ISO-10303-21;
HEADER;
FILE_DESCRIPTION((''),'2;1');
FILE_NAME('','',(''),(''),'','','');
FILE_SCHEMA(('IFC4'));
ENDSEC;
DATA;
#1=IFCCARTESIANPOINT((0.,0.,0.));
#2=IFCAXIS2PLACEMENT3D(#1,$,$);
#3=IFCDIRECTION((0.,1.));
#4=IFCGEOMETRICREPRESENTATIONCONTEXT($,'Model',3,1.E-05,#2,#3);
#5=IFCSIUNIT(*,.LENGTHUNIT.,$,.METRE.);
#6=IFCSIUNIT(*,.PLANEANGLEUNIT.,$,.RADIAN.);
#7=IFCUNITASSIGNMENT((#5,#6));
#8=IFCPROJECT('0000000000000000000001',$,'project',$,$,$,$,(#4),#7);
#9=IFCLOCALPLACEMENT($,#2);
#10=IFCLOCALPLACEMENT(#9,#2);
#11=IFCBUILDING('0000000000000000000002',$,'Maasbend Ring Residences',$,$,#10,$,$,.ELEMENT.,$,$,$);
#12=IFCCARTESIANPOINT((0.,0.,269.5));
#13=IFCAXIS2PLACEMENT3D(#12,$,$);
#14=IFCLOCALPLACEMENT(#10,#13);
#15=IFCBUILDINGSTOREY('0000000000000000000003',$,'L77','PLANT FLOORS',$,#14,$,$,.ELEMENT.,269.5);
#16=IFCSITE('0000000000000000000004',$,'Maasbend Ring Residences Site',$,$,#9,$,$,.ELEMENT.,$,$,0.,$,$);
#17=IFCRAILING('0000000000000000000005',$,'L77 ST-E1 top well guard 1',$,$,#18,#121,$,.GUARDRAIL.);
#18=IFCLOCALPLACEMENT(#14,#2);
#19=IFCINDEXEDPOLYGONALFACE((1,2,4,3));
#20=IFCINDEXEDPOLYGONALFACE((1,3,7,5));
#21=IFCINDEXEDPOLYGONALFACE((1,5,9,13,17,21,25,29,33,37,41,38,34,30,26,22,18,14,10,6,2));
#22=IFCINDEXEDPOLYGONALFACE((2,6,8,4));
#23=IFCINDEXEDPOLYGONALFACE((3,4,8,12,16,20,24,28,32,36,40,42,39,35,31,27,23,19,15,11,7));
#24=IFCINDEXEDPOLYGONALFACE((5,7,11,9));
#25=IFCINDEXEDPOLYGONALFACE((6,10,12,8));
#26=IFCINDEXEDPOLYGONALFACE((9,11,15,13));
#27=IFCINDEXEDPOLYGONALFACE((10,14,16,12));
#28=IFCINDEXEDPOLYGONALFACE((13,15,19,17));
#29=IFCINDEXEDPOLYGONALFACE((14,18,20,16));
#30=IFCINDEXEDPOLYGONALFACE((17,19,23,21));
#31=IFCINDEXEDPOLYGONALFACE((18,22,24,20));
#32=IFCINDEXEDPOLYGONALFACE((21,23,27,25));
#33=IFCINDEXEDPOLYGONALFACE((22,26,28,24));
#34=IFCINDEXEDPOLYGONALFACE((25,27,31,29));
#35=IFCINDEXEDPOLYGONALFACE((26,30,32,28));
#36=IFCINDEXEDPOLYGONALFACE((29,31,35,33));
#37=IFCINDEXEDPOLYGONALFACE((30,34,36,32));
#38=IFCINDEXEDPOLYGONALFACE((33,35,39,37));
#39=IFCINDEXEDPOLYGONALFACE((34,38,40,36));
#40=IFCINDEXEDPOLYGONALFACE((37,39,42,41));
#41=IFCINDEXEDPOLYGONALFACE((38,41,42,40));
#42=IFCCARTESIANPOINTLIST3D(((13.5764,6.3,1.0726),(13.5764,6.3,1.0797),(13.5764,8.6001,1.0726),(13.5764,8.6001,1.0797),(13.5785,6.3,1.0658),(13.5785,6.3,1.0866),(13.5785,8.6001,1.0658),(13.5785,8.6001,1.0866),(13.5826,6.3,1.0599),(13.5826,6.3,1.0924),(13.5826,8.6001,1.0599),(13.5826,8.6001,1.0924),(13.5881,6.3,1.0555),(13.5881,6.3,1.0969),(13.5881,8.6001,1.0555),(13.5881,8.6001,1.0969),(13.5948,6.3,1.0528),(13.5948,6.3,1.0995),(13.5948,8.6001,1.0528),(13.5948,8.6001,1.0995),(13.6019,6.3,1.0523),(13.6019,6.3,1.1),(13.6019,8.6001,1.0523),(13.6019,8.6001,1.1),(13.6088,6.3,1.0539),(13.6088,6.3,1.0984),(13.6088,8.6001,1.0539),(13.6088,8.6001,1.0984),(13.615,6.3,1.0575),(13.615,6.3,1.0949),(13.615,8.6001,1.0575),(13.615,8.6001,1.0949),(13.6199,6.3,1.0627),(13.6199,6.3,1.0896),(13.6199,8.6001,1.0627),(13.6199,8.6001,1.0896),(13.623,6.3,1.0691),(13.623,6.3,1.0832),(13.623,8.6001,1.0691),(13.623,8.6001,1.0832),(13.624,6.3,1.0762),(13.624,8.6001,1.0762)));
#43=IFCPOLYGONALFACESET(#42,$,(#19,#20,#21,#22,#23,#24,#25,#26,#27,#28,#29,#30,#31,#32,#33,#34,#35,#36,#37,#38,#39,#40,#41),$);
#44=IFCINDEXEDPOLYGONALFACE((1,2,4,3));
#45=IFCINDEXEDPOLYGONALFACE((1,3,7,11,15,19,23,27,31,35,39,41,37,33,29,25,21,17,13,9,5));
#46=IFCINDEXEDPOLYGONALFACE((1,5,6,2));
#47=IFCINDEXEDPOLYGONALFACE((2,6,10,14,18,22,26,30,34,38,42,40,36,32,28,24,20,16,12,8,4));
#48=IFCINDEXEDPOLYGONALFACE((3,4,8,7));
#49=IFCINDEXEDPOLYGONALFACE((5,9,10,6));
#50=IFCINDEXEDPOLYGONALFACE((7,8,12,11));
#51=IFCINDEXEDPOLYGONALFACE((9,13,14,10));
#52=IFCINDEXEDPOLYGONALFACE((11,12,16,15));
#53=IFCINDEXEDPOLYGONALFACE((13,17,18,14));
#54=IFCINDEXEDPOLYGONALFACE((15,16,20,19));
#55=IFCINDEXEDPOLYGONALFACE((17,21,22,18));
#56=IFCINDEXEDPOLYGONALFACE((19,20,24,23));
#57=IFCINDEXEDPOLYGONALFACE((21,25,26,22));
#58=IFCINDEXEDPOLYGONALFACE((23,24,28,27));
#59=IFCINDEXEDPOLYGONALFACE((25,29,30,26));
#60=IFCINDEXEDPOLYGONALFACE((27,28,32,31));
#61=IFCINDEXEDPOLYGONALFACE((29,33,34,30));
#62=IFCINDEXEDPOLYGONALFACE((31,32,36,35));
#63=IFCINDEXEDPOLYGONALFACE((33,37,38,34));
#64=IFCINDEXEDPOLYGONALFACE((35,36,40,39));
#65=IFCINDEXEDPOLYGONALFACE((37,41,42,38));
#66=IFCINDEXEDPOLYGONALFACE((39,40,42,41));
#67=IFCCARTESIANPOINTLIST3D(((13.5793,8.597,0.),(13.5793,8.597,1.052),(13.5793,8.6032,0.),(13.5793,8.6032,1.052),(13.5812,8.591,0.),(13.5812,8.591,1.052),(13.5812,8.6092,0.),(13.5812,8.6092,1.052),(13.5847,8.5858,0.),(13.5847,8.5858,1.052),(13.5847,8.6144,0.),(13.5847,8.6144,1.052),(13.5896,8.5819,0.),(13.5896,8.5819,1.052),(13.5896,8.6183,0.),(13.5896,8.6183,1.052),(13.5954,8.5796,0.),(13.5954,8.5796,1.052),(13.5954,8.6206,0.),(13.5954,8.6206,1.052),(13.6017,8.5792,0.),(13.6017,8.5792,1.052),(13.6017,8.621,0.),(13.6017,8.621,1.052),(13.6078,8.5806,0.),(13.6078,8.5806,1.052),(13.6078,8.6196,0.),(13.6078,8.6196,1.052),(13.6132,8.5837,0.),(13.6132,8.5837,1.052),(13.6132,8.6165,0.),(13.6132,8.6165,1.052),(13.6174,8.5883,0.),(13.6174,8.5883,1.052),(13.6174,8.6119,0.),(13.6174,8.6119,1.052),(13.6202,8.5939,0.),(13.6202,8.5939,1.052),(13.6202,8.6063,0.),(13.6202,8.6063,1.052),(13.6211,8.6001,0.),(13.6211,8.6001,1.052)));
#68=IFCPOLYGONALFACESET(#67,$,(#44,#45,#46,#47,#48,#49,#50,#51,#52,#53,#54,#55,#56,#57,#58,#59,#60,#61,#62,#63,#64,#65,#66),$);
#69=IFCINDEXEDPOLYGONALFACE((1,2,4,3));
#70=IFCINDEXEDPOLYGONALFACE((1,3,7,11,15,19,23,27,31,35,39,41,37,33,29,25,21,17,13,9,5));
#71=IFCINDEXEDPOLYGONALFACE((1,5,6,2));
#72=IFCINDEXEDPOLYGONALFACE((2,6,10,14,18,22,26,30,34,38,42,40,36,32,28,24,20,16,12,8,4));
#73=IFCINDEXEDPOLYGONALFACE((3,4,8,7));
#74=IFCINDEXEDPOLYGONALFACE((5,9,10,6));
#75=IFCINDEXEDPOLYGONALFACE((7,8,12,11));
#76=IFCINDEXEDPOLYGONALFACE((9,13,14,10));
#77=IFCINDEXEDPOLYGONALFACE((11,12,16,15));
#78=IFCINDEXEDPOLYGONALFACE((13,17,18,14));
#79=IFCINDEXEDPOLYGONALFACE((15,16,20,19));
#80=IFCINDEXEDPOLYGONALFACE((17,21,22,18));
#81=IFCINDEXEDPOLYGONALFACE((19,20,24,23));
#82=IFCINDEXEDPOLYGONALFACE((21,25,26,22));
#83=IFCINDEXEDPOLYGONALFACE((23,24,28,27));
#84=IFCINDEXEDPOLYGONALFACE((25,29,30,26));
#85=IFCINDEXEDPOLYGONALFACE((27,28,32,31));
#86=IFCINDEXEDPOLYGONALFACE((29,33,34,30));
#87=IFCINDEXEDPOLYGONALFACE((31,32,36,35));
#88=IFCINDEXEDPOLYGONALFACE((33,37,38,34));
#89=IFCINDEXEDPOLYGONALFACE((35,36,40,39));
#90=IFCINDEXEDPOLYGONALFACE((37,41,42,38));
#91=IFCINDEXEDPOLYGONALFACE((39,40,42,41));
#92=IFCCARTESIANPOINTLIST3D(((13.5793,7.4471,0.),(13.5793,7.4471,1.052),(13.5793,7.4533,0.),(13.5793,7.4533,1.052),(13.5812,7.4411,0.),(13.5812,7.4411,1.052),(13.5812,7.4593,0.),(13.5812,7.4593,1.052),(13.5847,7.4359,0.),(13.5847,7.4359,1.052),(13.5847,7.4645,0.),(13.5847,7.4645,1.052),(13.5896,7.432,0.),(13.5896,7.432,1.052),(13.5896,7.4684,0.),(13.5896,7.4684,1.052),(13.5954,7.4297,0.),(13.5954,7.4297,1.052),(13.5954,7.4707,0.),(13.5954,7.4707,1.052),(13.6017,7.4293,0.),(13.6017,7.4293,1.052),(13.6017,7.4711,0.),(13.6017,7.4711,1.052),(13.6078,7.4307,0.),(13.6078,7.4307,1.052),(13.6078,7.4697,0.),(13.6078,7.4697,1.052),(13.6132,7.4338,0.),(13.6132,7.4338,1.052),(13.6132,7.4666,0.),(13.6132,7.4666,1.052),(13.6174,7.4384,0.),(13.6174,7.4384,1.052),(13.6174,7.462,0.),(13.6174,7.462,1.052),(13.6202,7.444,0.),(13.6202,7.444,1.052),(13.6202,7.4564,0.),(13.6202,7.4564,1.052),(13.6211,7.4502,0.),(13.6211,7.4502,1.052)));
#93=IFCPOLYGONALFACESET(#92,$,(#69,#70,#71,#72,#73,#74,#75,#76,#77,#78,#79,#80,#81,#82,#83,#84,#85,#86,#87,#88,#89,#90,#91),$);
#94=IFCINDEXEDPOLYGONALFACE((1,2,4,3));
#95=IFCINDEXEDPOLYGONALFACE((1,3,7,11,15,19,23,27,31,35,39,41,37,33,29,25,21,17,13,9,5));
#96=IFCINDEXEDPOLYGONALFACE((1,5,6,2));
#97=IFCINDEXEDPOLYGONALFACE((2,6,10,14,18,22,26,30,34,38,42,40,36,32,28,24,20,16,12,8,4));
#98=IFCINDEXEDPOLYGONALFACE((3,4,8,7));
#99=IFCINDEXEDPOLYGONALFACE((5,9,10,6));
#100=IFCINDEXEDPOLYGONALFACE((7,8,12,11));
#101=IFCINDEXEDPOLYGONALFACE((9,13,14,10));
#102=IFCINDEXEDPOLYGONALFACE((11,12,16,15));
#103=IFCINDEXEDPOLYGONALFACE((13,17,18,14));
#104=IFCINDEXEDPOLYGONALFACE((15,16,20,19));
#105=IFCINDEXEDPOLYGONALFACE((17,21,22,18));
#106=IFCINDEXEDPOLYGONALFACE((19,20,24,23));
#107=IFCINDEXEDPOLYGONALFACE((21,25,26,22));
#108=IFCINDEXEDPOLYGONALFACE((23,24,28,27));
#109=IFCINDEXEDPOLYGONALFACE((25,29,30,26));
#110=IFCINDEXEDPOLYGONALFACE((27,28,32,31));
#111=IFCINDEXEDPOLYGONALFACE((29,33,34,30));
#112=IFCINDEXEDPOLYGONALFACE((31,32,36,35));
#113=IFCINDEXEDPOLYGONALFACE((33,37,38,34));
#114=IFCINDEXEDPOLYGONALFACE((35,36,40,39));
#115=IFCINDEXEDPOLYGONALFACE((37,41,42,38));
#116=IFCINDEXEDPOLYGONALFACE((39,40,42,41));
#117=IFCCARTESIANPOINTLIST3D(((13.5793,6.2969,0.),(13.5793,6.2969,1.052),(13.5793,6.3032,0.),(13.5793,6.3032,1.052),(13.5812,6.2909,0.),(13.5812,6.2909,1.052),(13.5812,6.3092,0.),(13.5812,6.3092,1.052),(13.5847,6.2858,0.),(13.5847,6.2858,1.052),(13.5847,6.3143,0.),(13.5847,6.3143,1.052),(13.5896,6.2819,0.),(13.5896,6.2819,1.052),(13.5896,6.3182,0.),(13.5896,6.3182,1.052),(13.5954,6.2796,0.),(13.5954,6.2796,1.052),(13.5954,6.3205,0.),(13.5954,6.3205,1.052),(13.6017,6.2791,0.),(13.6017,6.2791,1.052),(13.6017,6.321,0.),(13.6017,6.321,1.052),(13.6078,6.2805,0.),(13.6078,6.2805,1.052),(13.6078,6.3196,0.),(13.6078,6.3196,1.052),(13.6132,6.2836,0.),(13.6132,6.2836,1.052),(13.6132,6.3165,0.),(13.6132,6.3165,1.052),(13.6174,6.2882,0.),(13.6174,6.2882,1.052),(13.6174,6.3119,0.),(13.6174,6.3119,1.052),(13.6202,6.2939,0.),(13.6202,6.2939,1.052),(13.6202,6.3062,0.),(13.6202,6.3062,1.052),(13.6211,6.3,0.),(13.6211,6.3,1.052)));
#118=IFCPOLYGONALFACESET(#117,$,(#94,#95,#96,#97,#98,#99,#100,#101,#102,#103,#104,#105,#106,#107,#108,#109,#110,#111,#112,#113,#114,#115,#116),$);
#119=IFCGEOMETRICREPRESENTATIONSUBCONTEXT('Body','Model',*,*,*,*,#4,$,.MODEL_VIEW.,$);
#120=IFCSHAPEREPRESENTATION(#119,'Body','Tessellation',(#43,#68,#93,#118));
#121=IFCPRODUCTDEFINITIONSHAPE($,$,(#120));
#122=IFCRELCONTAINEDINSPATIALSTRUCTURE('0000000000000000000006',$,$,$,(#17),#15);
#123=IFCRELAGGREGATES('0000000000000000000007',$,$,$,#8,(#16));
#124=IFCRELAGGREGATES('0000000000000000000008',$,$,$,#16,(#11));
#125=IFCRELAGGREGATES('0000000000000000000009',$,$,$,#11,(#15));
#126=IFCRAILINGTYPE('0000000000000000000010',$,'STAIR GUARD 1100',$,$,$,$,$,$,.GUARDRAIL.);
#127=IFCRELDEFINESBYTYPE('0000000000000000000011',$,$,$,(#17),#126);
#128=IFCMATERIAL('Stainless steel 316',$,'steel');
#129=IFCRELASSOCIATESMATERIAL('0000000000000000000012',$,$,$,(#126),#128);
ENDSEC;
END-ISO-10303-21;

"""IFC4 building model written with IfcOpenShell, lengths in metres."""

from ifc_helpers import new_model, si_unit, direction, frame, origin, origin_2d, place, context, subcontext, project, spatial, circle, extrude, material, type_object, element, save


model = new_model("IFC4")

# Units and contexts
model_context = context("Model", 3, precision=1e-05, world=origin(), true_north=direction((0.0, 1.0)))
body_context = subcontext(model_context, "Body", "Model", "MODEL_VIEW")
ifc_project = project(units=[si_unit("LENGTHUNIT", "METRE"), si_unit("PLANEANGLEUNIT", "RADIAN")], contexts=[model_context])

# Site, building, storey
site_placement = place(None, origin())
site = spatial("IfcSite", under=ifc_project, at=site_placement, Name="Maasbend Ring Residences Site", CompositionType="ELEMENT", RefElevation=0.0)
building_placement = place(site_placement, origin())
building = spatial("IfcBuilding", under=site, at=building_placement, Name="Maasbend Ring Residences", CompositionType="ELEMENT")
storey_placement = place(building_placement, frame((0.0, 0.0, 269.5)))
storey = spatial("IfcBuildingStorey", under=building, at=storey_placement, Name="L77", Description="PLANT FLOORS", CompositionType="ELEMENT", Elevation=269.5)

# Railing
ifc_material_1 = material(Name="Stainless steel 316", Category="steel")
railing_type = type_object("IfcRailingType", Name="STAIR GUARD 1100", PredefinedType="GUARDRAIL", material=ifc_material_1)
railing_placement = place(storey_placement, frame((13.6001, 8.6001, 0.0)))
element("IfcRailing", 1, at=railing_placement, inside=storey, type_object=railing_type, Name="L77 ST-E1 top well guard 1", PredefinedType="GUARDRAIL", context=body_context, shape_type="SweptSolid", body=[
    extrude(circle(Radius=0.0239, at=origin_2d()), frame((0.0, 0.0, 1.0762), z_axis=(0.0, -1.0, 0.0), x_axis=(1.0, 0.0, 0.0)), (0.0, 0.0, 1.0), 2.3),
    extrude(circle(Radius=0.021, at=origin_2d()), origin(), (0.0, 0.0, 1.0), 1.052),
    extrude(circle(Radius=0.021, at=origin_2d()), frame((0.0, -1.1499, 0.0)), (0.0, 0.0, 1.0), 1.052),
    extrude(circle(Radius=0.021, at=origin_2d()), frame((0.0, -2.3, 0.0)), (0.0, 0.0, 1.0), 1.052),
])

save(model, "model.ifc")
